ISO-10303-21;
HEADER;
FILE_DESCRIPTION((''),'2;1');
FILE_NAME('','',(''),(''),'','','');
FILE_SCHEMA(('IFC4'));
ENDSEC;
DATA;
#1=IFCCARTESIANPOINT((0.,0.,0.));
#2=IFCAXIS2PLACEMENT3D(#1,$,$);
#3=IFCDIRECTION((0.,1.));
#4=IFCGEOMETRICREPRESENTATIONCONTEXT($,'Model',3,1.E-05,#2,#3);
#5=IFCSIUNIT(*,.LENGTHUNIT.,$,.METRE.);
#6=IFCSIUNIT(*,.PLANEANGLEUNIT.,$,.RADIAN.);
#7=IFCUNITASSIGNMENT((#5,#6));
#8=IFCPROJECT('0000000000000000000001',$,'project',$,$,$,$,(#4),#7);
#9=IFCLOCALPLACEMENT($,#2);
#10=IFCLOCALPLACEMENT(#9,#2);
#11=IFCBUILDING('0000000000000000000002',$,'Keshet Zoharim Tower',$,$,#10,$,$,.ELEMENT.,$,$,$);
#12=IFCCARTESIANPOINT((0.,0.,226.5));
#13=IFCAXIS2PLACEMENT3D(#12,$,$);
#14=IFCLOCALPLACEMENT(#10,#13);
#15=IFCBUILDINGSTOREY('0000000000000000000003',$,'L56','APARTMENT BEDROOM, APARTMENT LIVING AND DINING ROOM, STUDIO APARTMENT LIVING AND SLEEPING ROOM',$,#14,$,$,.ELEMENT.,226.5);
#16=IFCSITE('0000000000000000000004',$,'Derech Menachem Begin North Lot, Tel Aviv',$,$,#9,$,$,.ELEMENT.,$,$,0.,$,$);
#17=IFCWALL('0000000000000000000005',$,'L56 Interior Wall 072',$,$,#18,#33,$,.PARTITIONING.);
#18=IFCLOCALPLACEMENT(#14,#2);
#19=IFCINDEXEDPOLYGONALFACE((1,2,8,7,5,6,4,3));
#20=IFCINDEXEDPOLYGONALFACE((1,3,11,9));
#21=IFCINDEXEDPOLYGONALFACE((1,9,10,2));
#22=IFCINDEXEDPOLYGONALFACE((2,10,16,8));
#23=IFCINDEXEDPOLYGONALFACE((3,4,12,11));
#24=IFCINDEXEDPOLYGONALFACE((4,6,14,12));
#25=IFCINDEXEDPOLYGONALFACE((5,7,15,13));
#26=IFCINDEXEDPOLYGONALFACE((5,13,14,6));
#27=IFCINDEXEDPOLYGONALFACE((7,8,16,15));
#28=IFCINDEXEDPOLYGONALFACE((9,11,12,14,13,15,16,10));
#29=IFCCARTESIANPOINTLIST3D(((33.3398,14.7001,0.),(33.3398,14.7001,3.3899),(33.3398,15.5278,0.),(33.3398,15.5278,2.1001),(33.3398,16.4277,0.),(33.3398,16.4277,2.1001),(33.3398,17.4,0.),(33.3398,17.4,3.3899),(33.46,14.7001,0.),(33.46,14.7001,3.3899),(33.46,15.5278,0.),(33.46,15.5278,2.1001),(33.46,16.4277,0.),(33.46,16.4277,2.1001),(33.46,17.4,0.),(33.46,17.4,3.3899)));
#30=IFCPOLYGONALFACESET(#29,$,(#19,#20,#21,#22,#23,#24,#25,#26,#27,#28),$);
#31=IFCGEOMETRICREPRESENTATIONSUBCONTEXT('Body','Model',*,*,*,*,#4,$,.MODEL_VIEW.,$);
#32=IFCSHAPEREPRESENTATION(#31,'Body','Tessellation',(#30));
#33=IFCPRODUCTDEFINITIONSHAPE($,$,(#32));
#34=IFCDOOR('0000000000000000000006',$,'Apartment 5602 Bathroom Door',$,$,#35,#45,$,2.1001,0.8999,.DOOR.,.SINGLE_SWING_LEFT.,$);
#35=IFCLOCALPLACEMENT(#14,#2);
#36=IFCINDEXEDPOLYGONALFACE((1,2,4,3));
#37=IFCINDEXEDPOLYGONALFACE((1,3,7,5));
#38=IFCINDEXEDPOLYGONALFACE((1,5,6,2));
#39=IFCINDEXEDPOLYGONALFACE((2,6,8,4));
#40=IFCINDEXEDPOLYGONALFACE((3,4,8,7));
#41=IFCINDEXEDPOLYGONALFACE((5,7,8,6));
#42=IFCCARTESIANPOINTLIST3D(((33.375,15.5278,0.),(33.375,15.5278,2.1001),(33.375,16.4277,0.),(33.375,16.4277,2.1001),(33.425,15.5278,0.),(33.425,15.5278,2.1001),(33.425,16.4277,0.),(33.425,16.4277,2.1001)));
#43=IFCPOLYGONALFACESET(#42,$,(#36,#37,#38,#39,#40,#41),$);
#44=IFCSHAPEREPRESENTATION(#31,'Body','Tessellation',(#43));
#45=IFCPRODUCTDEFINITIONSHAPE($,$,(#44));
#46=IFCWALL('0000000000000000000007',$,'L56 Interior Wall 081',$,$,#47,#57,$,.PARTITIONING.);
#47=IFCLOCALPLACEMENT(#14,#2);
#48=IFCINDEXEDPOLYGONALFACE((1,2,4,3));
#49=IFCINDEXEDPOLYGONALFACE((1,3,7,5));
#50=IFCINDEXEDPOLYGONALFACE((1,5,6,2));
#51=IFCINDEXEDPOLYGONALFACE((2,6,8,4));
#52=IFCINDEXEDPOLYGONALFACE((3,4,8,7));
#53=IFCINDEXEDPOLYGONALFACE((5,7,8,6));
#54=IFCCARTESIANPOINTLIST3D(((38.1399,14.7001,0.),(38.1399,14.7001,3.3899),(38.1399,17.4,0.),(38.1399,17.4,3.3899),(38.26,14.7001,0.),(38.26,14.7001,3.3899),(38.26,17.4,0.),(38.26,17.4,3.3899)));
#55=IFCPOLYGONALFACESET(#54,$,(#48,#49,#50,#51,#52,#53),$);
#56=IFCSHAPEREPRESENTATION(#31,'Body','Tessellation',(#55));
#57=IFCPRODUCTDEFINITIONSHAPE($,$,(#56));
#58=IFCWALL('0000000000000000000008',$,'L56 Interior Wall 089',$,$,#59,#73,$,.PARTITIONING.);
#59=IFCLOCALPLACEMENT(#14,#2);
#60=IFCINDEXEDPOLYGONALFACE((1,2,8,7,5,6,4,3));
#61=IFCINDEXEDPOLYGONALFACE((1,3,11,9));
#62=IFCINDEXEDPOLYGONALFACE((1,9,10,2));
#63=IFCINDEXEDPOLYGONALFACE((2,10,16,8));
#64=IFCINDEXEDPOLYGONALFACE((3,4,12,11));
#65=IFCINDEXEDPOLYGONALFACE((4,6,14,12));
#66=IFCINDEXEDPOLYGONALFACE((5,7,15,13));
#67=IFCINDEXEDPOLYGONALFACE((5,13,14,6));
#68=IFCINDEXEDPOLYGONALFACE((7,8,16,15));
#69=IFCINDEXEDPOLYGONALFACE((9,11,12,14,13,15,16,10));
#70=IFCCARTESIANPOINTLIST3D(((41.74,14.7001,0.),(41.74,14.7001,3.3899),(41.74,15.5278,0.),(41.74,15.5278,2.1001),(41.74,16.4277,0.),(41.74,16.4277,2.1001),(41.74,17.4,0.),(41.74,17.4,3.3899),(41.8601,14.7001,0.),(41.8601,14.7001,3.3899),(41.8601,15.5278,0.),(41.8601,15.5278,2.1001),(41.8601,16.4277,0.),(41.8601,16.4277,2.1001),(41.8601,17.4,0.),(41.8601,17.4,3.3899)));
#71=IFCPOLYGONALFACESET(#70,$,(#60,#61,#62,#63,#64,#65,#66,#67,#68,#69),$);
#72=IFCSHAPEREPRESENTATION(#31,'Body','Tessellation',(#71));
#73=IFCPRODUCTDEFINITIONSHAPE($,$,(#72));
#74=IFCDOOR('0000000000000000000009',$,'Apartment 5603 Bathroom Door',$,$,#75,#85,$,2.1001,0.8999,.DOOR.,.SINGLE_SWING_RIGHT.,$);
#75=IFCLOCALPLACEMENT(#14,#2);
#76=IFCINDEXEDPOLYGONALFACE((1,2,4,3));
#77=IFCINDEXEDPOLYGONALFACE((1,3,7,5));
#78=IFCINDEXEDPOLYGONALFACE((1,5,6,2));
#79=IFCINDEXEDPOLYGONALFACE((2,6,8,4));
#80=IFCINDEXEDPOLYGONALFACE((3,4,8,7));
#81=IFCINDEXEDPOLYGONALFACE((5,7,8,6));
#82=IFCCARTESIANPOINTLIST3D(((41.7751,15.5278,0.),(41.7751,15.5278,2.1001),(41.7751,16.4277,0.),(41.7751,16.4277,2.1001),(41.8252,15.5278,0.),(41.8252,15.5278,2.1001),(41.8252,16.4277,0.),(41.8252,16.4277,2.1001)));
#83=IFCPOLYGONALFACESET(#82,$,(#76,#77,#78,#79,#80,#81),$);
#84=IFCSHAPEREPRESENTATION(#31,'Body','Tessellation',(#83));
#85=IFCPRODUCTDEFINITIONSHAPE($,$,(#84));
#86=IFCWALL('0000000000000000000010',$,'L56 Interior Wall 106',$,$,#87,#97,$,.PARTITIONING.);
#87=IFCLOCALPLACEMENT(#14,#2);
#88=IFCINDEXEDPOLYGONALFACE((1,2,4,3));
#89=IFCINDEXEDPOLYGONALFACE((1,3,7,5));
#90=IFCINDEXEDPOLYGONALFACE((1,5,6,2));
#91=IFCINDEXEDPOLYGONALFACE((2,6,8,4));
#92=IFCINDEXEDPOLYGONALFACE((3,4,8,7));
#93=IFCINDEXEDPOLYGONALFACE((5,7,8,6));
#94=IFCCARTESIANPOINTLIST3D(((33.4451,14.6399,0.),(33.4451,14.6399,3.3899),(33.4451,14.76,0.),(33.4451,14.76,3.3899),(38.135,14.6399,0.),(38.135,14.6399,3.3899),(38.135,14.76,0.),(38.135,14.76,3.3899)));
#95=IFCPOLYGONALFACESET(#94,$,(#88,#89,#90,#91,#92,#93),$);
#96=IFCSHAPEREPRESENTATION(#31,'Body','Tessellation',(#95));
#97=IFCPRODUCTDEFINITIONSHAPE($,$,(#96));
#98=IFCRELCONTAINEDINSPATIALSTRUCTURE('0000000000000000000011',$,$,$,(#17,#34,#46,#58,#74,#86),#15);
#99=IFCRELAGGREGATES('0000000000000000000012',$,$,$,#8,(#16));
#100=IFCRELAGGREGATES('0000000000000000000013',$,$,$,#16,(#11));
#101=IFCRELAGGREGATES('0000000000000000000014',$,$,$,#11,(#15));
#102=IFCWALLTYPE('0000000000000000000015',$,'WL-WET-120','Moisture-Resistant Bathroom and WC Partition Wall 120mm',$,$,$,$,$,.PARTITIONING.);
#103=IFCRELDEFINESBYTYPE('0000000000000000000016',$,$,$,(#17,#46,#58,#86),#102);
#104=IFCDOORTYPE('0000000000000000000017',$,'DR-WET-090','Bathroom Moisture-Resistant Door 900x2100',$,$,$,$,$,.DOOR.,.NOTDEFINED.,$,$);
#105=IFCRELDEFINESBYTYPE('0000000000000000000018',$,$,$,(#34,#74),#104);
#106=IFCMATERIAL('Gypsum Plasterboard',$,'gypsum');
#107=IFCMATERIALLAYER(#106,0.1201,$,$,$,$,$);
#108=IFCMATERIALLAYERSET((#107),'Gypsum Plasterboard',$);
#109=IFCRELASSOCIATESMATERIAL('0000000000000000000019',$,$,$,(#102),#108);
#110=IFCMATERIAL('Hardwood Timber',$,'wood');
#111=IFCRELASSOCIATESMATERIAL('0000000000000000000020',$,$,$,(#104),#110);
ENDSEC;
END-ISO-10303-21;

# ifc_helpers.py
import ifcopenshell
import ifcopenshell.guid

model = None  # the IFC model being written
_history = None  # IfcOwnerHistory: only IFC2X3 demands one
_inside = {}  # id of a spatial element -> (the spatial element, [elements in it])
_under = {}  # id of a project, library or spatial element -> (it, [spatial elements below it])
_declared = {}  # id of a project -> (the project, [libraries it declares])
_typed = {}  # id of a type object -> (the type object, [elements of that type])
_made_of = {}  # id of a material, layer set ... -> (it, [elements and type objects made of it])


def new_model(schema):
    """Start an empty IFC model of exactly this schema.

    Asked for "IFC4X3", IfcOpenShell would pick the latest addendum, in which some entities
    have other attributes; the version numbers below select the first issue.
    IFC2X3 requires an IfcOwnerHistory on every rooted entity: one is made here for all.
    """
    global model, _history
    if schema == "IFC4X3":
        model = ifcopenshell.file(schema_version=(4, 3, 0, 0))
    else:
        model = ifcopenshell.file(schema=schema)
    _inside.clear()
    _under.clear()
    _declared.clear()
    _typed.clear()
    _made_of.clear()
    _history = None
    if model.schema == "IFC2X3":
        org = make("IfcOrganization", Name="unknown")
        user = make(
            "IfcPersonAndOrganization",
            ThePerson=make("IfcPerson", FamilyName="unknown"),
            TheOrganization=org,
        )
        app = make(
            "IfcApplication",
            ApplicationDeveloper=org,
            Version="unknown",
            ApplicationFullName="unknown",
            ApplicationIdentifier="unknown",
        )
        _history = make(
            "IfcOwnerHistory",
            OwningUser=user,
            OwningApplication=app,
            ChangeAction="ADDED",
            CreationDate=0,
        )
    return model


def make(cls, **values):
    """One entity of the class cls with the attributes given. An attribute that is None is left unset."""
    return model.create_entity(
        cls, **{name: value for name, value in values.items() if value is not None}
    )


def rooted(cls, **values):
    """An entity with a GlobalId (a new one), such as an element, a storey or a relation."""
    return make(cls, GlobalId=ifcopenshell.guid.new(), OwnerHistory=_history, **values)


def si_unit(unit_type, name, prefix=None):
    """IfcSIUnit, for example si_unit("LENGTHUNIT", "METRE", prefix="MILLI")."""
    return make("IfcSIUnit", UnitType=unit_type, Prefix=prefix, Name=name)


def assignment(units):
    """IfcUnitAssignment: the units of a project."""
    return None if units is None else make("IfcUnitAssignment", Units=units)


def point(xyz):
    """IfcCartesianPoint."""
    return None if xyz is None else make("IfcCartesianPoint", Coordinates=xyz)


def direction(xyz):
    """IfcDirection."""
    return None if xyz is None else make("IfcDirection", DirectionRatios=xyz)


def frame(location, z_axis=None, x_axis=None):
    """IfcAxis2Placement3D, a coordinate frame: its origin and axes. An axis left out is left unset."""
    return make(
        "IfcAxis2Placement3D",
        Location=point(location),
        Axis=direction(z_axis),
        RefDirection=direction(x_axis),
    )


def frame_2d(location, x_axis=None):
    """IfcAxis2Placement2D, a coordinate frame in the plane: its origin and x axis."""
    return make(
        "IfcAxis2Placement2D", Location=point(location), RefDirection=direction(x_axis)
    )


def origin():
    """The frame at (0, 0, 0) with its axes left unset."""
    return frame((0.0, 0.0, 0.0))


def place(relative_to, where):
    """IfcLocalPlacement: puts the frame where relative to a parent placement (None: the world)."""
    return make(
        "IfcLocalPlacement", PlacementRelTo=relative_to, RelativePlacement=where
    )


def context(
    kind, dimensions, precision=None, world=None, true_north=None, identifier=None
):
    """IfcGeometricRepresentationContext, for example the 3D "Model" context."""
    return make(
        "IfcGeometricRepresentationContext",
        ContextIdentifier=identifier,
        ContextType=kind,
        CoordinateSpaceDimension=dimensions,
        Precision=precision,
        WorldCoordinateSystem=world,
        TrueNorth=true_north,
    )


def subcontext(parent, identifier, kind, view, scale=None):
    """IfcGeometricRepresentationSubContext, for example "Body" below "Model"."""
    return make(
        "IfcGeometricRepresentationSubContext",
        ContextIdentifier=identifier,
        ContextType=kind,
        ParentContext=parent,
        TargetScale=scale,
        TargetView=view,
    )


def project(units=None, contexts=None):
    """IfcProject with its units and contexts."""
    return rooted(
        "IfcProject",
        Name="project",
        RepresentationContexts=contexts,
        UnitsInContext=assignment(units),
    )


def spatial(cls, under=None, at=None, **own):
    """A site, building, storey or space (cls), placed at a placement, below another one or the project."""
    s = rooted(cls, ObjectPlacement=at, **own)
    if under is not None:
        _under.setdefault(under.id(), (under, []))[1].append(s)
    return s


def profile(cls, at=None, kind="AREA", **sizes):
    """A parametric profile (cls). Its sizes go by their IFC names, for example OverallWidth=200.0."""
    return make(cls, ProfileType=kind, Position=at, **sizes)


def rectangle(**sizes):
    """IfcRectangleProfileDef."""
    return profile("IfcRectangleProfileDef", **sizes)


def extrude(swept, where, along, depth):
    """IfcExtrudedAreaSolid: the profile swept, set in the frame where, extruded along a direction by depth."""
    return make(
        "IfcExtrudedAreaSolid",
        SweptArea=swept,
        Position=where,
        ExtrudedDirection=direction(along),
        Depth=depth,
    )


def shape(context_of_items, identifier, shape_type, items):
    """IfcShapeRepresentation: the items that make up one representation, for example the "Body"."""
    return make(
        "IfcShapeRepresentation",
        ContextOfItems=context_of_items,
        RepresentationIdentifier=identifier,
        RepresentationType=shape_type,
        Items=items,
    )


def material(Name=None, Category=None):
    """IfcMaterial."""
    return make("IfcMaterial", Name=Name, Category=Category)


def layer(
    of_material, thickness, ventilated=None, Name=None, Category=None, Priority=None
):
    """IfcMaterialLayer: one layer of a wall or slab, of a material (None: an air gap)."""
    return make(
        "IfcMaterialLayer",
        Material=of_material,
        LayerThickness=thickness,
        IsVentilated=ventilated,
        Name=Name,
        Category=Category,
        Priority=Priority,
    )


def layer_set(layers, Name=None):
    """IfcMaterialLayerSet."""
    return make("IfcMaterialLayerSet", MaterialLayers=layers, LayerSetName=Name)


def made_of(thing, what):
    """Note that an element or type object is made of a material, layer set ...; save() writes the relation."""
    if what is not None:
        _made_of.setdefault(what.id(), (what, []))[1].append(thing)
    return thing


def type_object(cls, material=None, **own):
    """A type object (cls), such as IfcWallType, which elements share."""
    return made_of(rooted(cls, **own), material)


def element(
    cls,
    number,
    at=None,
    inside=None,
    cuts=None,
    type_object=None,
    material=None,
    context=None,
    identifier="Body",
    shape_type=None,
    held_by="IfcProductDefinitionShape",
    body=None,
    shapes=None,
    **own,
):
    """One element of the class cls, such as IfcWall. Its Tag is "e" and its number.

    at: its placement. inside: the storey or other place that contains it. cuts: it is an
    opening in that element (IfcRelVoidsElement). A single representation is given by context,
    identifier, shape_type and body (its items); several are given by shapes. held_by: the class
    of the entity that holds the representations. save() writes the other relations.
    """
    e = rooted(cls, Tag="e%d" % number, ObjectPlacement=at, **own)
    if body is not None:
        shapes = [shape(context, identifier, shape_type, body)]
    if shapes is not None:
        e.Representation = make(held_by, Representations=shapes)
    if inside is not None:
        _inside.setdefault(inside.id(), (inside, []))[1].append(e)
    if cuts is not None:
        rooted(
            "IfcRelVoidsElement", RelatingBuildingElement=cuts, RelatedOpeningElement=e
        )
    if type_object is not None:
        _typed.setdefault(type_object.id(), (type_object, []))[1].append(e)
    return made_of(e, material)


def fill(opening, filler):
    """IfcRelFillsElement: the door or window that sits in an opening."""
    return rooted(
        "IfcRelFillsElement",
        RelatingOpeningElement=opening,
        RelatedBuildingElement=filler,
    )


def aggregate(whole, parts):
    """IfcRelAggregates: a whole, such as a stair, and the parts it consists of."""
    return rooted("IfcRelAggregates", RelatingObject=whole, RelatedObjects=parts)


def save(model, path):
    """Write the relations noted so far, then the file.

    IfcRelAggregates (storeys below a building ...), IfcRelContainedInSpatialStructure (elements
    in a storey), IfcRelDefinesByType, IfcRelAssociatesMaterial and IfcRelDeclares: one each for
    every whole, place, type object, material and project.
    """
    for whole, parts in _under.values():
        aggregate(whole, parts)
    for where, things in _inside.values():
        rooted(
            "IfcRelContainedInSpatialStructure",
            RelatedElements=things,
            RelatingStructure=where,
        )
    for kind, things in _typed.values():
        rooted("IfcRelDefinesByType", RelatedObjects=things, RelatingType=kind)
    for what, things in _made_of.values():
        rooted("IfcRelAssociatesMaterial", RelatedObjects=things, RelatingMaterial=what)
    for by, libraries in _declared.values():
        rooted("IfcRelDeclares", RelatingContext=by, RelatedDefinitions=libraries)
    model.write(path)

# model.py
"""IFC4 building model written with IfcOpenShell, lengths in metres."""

from ifc_helpers import new_model, si_unit, direction, frame, frame_2d, origin, place, context, subcontext, project, spatial, rectangle, extrude, material, layer, layer_set, type_object, element, fill, save


model = new_model("IFC4")

# Units and contexts
model_context = context("Model", 3, precision=1e-05, world=origin(), true_north=direction((0.0, 1.0)))
body_context = subcontext(model_context, "Body", "Model", "MODEL_VIEW")
ifc_project = project(units=[si_unit("LENGTHUNIT", "METRE"), si_unit("PLANEANGLEUNIT", "RADIAN")], contexts=[model_context])

# Site, building, storey
site_placement = place(None, origin())
site = spatial("IfcSite", under=ifc_project, at=site_placement, Name="Derech Menachem Begin North Lot, Tel Aviv", CompositionType="ELEMENT", RefElevation=0.0)
building_placement = place(site_placement, origin())
building = spatial("IfcBuilding", under=site, at=building_placement, Name="Keshet Zoharim Tower", CompositionType="ELEMENT")
storey_placement = place(building_placement, frame((0.0, 0.0, 226.5)))
storey = spatial("IfcBuildingStorey", under=building, at=storey_placement, Name="L56", Description="APARTMENT BEDROOM, APARTMENT LIVING AND DINING ROOM, STUDIO APARTMENT LIVING AND SLEEPING ROOM", CompositionType="ELEMENT", Elevation=226.5)

# Shared definitions
ifc_material_1 = material(Name="Gypsum Plasterboard", Category="gypsum")
ifc_material_2 = material(Name="Hardwood Timber", Category="wood")

# Wall, opening, door
ifc_layer_1 = layer(ifc_material_1, 0.1201)
ifc_layer_set_1 = layer_set([ifc_layer_1], Name="Gypsum Plasterboard")
wall_type_1 = type_object("IfcWallType", Name="WL-WET-120", Description="Moisture-Resistant Bathroom and WC Partition Wall 120mm", PredefinedType="PARTITIONING", material=ifc_layer_set_1)
wall_1_placement = place(storey_placement, frame((33.3999, 14.7, 0.0), z_axis=(0.0, 0.0, 1.0), x_axis=(0.0, 1.0, 0.0)))
wall_1 = element("IfcWall", 1, at=wall_1_placement, inside=storey, type_object=wall_type_1, Name="L56 Interior Wall 072", PredefinedType="PARTITIONING", context=body_context, shape_type="SweptSolid", body=[
    extrude(rectangle(XDim=2.7, YDim=0.1201, at=frame_2d((1.3501, 0.0))), origin(), (0.0, 0.0, 1.0), 3.3899),
])
opening_1_placement = place(wall_1_placement, frame((0.8279, 0.0, 0.0)))
opening_1 = element("IfcOpeningElement", 2, at=opening_1_placement, cuts=wall_1, PredefinedType="OPENING", context=body_context, shape_type="SweptSolid", body=[
    extrude(rectangle(XDim=0.8999, YDim=2.1001, at=frame_2d((0.45, 1.05))), frame((0.0, 0.0701, 0.0), z_axis=(0.0, -1.0, 0.0), x_axis=(1.0, 0.0, 0.0)), (0.0, 0.0, 1.0), 0.1401),
])
door_type_1 = type_object("IfcDoorType", Name="DR-WET-090", Description="Bathroom Moisture-Resistant Door 900x2100", OperationType="NOTDEFINED", PredefinedType="DOOR", material=ifc_material_2)
door_1_placement = place(opening_1_placement, origin())
door_1 = element("IfcDoor", 3, at=door_1_placement, inside=storey, type_object=door_type_1, Name="Apartment 5602 Bathroom Door", OperationType="SINGLE_SWING_LEFT", OverallHeight=2.1001, OverallWidth=0.8999, PredefinedType="DOOR", context=body_context, shape_type="SweptSolid", body=[
    extrude(rectangle(XDim=0.8999, YDim=2.1001, at=frame_2d((0.45, 1.05))), frame((0.0, 0.0249, 0.0), z_axis=(0.0, -1.0, 0.0), x_axis=(1.0, 0.0, 0.0)), (0.0, 0.0, 1.0), 0.05),
])
fill(opening_1, door_1)

# Wall
wall_2_placement = place(storey_placement, frame((38.2, 14.7, 0.0), z_axis=(0.0, 0.0, 1.0), x_axis=(0.0, 1.0, 0.0)))
element("IfcWall", 4, at=wall_2_placement, inside=storey, type_object=wall_type_1, Name="L56 Interior Wall 081", PredefinedType="PARTITIONING", context=body_context, shape_type="SweptSolid", body=[
    extrude(rectangle(XDim=2.7, YDim=0.1201, at=frame_2d((1.3501, 0.0))), origin(), (0.0, 0.0, 1.0), 3.3899),
])

# Wall, opening, door
wall_3_placement = place(storey_placement, frame((41.8, 14.7, 0.0), z_axis=(0.0, 0.0, 1.0), x_axis=(0.0, 1.0, 0.0)))
wall_3 = element("IfcWall", 5, at=wall_3_placement, inside=storey, type_object=wall_type_1, Name="L56 Interior Wall 089", PredefinedType="PARTITIONING", context=body_context, shape_type="SweptSolid", body=[
    extrude(rectangle(XDim=2.7, YDim=0.1201, at=frame_2d((1.3501, 0.0))), origin(), (0.0, 0.0, 1.0), 3.3899),
])
opening_2_placement = place(wall_3_placement, frame((0.8279, 0.0, 0.0)))
opening_2 = element("IfcOpeningElement", 6, at=opening_2_placement, cuts=wall_3, PredefinedType="OPENING", context=body_context, shape_type="SweptSolid", body=[
    extrude(rectangle(XDim=0.8999, YDim=2.1001, at=frame_2d((0.45, 1.05))), frame((0.0, 0.0701, 0.0), z_axis=(0.0, -1.0, 0.0), x_axis=(1.0, 0.0, 0.0)), (0.0, 0.0, 1.0), 0.1401),
])
door_2_placement = place(opening_2_placement, origin())
door_2 = element("IfcDoor", 7, at=door_2_placement, inside=storey, type_object=door_type_1, Name="Apartment 5603 Bathroom Door", OperationType="SINGLE_SWING_RIGHT", OverallHeight=2.1001, OverallWidth=0.8999, PredefinedType="DOOR", context=body_context, shape_type="SweptSolid", body=[
    extrude(rectangle(XDim=0.8999, YDim=2.1001, at=frame_2d((0.45, 1.05))), frame((0.0, 0.0249, 0.0), z_axis=(0.0, -1.0, 0.0), x_axis=(1.0, 0.0, 0.0)), (0.0, 0.0, 1.0), 0.05),
])
fill(opening_2, door_2)

# Wall
wall_4_placement = place(storey_placement, frame((33.4451, 14.7, 0.0), z_axis=(0.0, 0.0, 1.0), x_axis=(1.0, 0.0, 0.0)))
element("IfcWall", 8, at=wall_4_placement, inside=storey, type_object=wall_type_1, Name="L56 Interior Wall 106", PredefinedType="PARTITIONING", context=body_context, shape_type="SweptSolid", body=[
    extrude(rectangle(XDim=4.6899, YDim=0.1201, at=frame_2d((2.345, 0.0))), origin(), (0.0, 0.0, 1.0), 3.3899),
])

save(model, "model.ifc")
